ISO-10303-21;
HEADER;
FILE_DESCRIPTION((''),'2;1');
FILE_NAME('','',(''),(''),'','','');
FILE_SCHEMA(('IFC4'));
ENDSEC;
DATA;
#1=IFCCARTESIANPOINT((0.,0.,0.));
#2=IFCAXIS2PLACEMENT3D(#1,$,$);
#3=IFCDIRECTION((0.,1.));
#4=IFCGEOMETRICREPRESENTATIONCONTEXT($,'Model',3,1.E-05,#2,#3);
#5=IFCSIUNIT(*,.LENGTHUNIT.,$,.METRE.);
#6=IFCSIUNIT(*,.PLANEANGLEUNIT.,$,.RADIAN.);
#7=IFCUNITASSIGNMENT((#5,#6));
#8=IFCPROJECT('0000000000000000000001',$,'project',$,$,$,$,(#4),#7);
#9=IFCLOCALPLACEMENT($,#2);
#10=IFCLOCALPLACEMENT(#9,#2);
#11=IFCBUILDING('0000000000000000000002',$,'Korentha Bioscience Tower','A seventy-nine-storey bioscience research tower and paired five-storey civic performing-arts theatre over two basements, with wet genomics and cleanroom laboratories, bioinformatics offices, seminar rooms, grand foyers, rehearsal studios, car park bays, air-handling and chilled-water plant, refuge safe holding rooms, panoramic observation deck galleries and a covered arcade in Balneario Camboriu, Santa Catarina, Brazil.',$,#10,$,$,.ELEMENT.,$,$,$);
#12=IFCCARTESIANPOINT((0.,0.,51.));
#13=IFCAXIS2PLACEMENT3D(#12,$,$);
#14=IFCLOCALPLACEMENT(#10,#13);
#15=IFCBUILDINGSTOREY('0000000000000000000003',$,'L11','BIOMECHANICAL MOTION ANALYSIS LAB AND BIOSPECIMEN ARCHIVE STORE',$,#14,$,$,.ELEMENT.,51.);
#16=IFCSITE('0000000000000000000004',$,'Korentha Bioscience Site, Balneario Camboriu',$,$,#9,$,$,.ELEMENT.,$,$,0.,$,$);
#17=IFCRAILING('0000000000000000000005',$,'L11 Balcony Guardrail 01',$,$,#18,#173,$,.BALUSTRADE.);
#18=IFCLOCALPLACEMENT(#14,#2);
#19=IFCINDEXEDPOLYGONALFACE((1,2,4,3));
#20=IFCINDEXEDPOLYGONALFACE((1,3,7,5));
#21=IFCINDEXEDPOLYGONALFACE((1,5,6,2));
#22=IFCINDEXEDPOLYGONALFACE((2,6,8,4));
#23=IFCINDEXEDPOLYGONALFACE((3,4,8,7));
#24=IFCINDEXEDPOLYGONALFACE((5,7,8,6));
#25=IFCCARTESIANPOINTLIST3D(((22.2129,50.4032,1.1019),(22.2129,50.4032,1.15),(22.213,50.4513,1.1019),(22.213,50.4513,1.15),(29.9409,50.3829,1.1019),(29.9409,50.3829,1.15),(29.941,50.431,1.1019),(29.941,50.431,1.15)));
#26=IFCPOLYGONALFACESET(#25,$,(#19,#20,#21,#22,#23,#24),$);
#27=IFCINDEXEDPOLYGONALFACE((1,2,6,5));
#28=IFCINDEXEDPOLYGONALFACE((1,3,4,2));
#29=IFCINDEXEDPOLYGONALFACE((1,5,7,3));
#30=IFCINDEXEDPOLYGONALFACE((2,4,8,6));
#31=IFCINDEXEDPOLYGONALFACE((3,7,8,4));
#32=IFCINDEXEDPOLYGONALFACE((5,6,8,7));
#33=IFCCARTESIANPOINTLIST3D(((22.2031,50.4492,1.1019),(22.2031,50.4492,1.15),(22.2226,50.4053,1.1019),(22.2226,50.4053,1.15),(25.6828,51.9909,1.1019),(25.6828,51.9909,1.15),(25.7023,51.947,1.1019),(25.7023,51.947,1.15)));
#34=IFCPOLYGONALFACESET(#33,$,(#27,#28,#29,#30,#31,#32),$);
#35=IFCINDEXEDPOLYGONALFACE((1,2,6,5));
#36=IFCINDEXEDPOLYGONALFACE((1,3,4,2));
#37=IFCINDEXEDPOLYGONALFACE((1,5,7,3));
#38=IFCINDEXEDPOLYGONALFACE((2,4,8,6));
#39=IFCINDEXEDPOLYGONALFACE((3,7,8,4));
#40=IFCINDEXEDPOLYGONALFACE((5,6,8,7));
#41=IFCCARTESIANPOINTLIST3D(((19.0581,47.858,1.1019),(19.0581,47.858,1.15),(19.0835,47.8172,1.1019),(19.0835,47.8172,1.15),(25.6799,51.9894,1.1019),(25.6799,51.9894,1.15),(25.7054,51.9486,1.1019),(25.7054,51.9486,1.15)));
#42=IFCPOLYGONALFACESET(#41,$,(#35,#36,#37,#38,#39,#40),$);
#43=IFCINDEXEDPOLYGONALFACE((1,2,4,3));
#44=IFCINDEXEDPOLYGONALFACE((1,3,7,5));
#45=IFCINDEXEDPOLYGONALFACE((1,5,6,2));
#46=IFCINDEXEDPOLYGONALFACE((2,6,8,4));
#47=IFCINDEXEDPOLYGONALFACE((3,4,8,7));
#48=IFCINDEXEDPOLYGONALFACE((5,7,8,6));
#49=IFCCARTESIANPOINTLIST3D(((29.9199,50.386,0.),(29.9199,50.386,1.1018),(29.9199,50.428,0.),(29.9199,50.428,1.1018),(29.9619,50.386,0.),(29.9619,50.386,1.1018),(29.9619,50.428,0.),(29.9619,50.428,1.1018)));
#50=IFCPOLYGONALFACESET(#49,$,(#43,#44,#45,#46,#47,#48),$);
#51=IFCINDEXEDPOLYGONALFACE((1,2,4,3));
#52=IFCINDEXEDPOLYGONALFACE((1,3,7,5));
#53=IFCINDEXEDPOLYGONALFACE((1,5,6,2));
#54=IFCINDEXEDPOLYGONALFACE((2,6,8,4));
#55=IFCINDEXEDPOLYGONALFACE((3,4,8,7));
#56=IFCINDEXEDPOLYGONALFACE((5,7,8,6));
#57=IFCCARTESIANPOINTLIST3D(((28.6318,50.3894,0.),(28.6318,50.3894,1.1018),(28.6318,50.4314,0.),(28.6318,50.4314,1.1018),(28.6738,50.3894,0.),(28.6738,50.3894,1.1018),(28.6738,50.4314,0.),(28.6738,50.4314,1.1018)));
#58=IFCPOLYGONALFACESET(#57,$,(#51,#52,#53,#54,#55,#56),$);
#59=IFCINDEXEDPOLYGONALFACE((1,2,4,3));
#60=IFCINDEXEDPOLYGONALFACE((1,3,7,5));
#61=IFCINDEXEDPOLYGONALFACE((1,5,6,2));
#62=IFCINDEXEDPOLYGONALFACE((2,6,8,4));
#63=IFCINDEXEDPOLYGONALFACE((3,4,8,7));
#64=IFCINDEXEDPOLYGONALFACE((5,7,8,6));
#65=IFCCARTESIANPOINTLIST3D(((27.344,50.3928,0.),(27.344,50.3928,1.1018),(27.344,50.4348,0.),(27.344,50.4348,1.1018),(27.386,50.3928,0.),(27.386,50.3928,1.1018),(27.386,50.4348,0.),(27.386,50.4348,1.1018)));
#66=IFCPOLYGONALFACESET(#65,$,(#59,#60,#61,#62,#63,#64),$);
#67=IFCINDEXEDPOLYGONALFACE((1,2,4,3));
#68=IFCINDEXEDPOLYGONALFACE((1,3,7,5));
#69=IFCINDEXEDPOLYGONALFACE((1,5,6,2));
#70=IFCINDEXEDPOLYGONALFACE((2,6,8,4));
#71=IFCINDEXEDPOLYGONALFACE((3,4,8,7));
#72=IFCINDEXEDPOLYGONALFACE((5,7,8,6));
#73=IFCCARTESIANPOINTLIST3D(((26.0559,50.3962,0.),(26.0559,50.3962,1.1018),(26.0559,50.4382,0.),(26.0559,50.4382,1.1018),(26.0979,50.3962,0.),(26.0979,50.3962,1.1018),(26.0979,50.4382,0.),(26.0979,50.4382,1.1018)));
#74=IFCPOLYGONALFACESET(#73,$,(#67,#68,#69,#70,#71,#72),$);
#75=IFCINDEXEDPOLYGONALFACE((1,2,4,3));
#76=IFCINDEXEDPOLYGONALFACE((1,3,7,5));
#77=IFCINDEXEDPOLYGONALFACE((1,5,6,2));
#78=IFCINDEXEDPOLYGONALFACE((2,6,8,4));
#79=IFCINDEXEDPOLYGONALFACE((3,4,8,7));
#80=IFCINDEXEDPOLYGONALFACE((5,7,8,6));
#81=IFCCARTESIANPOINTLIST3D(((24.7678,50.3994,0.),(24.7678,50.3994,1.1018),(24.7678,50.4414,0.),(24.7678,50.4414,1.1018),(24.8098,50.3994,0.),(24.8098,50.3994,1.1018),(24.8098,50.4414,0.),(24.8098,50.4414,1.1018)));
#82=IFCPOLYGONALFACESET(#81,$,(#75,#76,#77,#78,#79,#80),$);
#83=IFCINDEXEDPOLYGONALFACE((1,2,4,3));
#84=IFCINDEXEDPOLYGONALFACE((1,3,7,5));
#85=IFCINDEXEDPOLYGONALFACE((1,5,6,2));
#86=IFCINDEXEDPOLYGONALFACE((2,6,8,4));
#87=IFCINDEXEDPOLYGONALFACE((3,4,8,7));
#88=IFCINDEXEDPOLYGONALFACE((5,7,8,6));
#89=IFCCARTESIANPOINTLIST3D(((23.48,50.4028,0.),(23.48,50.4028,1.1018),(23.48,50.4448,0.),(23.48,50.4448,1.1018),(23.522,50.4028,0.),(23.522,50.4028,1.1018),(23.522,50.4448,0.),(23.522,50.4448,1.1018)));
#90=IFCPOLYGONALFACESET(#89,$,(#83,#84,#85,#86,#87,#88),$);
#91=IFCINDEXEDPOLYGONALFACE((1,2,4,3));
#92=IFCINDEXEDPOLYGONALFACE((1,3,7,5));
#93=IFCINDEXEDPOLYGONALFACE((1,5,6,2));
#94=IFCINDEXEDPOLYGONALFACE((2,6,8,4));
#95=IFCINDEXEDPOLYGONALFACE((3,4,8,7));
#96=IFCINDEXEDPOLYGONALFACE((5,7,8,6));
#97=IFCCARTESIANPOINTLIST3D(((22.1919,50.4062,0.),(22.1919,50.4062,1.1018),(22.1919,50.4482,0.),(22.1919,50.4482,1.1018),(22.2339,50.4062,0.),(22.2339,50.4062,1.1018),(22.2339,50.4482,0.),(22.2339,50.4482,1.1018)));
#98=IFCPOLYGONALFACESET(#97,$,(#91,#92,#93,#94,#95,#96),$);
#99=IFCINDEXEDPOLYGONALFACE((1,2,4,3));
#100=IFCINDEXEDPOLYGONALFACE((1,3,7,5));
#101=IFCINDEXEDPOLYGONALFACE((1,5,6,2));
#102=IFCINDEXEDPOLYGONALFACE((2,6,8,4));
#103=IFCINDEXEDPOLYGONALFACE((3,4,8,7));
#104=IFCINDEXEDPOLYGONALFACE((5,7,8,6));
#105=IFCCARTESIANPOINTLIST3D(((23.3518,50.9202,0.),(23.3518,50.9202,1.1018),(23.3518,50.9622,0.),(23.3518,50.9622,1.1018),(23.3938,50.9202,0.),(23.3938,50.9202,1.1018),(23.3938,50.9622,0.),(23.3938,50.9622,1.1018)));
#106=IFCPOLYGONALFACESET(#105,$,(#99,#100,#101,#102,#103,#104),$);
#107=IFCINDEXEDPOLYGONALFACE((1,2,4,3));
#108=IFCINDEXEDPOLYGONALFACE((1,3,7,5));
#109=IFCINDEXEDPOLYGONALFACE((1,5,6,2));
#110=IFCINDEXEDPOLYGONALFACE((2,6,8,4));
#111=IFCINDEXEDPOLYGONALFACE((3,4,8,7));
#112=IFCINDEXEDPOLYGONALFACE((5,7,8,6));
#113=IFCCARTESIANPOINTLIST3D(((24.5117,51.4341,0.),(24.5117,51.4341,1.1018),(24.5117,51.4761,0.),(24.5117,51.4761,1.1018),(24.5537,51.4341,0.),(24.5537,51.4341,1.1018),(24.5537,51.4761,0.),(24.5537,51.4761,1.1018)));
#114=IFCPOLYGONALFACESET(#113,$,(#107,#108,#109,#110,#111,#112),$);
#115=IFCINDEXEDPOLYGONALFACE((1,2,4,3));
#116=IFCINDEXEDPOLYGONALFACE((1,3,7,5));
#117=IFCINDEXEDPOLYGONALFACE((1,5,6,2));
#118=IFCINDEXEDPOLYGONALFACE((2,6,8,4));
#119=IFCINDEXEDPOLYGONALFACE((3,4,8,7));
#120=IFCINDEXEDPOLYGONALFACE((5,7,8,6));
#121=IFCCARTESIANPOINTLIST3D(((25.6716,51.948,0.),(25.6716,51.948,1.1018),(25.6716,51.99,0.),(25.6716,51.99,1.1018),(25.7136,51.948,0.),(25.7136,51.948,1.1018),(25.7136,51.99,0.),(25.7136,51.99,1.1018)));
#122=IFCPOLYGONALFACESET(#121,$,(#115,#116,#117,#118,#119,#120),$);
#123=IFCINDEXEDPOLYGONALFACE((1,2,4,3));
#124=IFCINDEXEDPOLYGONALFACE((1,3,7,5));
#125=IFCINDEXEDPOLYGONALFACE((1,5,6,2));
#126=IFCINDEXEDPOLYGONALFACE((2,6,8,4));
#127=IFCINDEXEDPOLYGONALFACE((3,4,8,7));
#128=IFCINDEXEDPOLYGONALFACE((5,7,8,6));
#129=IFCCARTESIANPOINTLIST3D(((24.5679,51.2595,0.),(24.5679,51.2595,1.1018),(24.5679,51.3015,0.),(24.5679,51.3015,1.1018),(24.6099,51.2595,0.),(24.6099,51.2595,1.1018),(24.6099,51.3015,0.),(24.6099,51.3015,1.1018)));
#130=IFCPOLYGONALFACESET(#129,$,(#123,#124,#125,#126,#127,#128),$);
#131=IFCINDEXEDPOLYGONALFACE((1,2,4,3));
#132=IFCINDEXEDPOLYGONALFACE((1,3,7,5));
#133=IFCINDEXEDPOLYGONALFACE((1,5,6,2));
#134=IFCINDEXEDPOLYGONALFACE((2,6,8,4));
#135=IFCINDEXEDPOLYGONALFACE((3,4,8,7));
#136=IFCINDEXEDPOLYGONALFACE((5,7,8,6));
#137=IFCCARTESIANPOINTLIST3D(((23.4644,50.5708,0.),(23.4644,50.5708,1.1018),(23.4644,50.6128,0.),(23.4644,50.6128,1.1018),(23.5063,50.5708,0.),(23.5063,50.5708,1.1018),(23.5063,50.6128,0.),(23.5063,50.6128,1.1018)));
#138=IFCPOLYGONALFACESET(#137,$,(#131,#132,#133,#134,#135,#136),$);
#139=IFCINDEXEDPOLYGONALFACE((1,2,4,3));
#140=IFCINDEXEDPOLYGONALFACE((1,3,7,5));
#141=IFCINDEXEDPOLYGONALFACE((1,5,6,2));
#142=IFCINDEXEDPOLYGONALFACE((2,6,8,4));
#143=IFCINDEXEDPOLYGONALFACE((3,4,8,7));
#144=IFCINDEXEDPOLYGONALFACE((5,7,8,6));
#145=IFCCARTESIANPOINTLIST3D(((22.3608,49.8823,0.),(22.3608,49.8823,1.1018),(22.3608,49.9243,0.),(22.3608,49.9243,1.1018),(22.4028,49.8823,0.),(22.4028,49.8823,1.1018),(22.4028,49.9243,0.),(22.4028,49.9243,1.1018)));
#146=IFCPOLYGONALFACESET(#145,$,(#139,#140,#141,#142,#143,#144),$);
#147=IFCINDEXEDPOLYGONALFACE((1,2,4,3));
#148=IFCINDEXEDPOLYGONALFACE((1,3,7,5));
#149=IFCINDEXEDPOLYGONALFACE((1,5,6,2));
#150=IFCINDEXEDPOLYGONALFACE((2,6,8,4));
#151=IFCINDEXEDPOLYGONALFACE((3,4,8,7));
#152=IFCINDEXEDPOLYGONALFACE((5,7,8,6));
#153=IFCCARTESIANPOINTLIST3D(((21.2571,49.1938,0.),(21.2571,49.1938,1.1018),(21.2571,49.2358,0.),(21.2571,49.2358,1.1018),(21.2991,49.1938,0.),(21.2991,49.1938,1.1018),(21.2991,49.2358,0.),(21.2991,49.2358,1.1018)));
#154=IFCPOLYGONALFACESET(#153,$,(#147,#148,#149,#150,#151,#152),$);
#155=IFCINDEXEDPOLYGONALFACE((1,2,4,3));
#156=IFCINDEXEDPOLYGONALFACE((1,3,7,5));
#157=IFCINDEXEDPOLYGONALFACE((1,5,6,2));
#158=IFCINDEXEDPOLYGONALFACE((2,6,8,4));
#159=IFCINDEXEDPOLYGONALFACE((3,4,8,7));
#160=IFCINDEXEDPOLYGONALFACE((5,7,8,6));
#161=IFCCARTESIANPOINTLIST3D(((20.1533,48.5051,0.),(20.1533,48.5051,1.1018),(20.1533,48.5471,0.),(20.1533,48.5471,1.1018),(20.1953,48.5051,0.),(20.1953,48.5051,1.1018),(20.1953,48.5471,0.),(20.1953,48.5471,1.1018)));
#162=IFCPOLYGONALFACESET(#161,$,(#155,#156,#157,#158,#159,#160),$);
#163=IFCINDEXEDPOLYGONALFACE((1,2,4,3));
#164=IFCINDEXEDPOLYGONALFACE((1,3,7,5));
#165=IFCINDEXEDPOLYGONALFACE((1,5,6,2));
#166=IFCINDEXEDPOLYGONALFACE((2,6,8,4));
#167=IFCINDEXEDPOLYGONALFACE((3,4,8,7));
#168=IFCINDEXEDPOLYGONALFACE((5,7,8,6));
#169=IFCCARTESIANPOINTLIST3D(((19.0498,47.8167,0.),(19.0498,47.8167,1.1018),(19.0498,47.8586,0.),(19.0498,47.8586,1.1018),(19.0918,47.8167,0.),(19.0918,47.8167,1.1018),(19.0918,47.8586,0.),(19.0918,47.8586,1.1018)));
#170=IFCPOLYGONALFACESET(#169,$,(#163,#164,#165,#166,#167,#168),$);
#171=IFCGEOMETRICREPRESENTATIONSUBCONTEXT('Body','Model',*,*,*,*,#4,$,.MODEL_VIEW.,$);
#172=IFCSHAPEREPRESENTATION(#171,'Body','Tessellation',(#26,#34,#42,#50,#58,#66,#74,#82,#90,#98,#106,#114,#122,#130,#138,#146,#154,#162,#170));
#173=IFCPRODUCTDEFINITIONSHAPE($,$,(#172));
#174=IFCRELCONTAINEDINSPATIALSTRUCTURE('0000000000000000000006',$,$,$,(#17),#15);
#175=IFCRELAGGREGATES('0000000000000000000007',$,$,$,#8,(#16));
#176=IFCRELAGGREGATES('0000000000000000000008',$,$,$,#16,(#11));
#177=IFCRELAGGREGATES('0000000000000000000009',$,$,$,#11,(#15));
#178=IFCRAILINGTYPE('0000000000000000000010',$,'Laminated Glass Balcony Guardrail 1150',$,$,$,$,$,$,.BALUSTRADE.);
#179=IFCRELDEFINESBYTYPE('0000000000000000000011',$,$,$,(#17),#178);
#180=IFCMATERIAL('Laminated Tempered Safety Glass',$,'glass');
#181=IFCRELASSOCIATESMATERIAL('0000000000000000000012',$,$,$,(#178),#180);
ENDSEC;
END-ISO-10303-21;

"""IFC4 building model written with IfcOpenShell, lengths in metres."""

from ifc_helpers import new_model, si_unit, direction, frame, origin, origin_2d, place, context, subcontext, project, spatial, rectangle, extrude, material, type_object, element, save


model = new_model("IFC4")

# Units and contexts
model_context = context("Model", 3, precision=1e-05, world=origin(), true_north=direction((0.0, 1.0)))
body_context = subcontext(model_context, "Body", "Model", "MODEL_VIEW")
ifc_project = project(units=[si_unit("LENGTHUNIT", "METRE"), si_unit("PLANEANGLEUNIT", "RADIAN")], contexts=[model_context])

# Site, building, storey
site_placement = place(None, origin())
site = spatial("IfcSite", under=ifc_project, at=site_placement, Name="Korentha Bioscience Site, Balneario Camboriu", CompositionType="ELEMENT", RefElevation=0.0)
building_placement = place(site_placement, origin())
building = spatial("IfcBuilding", under=site, at=building_placement, Name="Korentha Bioscience Tower", Description="A seventy-nine-storey bioscience research tower and paired five-storey civic performing-arts theatre over two basements, with wet genomics and cleanroom laboratories, bioinformatics offices, seminar rooms, grand foyers, rehearsal studios, car park bays, air-handling and chilled-water plant, refuge safe holding rooms, panoramic observation deck galleries and a covered arcade in Balneario Camboriu, Santa Catarina, Brazil.", CompositionType="ELEMENT")
storey_placement = place(building_placement, frame((0.0, 0.0, 51.0)))
storey = spatial("IfcBuildingStorey", under=building, at=storey_placement, Name="L11", Description="BIOMECHANICAL MOTION ANALYSIS LAB AND BIOSPECIMEN ARCHIVE STORE", CompositionType="ELEMENT", Elevation=51.0)

# Railing
ifc_material_1 = material(Name="Laminated Tempered Safety Glass", Category="glass")
railing_type = type_object("IfcRailingType", Name="Laminated Glass Balcony Guardrail 1150", PredefinedType="BALUSTRADE", material=ifc_material_1)
railing_placement = place(storey_placement, frame((29.9409, 50.407, 0.0)))
element("IfcRailing", 1, at=railing_placement, inside=storey, type_object=railing_type, Name="L11 Balcony Guardrail 01", PredefinedType="BALUSTRADE", context=body_context, shape_type="SweptSolid", body=[
    extrude(rectangle(XDim=0.0481, YDim=0.0481, at=origin_2d()), frame((0.0, 0.0, 1.126), z_axis=(-0.999997, 0.002622, 0.0), x_axis=(-0.002622, -0.999997, 0.0)), (0.0, 0.0, 1.0), 7.728),
    extrude(rectangle(XDim=0.0481, YDim=0.0481, at=origin_2d()), frame((-7.728, 0.0203, 1.126), z_axis=(0.914279, 0.405085, 0.0), x_axis=(-0.405085, 0.914279, 0.0)), (0.0, 0.0, 1.0), 3.8059),
    extrude(rectangle(XDim=0.0481, YDim=0.0481, at=origin_2d()), frame((-4.2483, 1.562, 1.126), z_axis=(-0.848418, -0.529327, 0.0), x_axis=(0.529327, -0.848418, 0.0)), (0.0, 0.0, 1.0), 7.8049),
    extrude(rectangle(XDim=0.042, YDim=0.042, at=origin_2d()), origin(), (0.0, 0.0, 1.0), 1.1018),
    extrude(rectangle(XDim=0.042, YDim=0.042, at=origin_2d()), frame((-1.2881, 0.0034, 0.0)), (0.0, 0.0, 1.0), 1.1018),
    extrude(rectangle(XDim=0.042, YDim=0.042, at=origin_2d()), frame((-2.5759, 0.0068, 0.0)), (0.0, 0.0, 1.0), 1.1018),
    extrude(rectangle(XDim=0.042, YDim=0.042, at=origin_2d()), frame((-3.864, 0.0103, 0.0)), (0.0, 0.0, 1.0), 1.1018),
    extrude(rectangle(XDim=0.042, YDim=0.042, at=origin_2d()), frame((-5.1521, 0.0134, 0.0)), (0.0, 0.0, 1.0), 1.1018),
    extrude(rectangle(XDim=0.042, YDim=0.042, at=origin_2d()), frame((-6.4399, 0.0168, 0.0)), (0.0, 0.0, 1.0), 1.1018),
    extrude(rectangle(XDim=0.042, YDim=0.042, at=origin_2d()), frame((-7.728, 0.0203, 0.0)), (0.0, 0.0, 1.0), 1.1018),
    extrude(rectangle(XDim=0.042, YDim=0.042, at=origin_2d()), frame((-6.5681, 0.5342, 0.0)), (0.0, 0.0, 1.0), 1.1018),
    extrude(rectangle(XDim=0.042, YDim=0.042, at=origin_2d()), frame((-5.4082, 1.0481, 0.0)), (0.0, 0.0, 1.0), 1.1018),
    extrude(rectangle(XDim=0.042, YDim=0.042, at=origin_2d()), frame((-4.2483, 1.562, 0.0)), (0.0, 0.0, 1.0), 1.1018),
    extrude(rectangle(XDim=0.042, YDim=0.042, at=origin_2d()), frame((-5.3521, 0.8735, 0.0)), (0.0, 0.0, 1.0), 1.1018),
    extrude(rectangle(XDim=0.042, YDim=0.042, at=origin_2d()), frame((-6.4556, 0.1848, 0.0)), (0.0, 0.0, 1.0), 1.1018),
    extrude(rectangle(XDim=0.042, YDim=0.042, at=origin_2d()), frame((-7.5591, -0.5037, 0.0)), (0.0, 0.0, 1.0), 1.1018),
    extrude(rectangle(XDim=0.042, YDim=0.042, at=origin_2d()), frame((-8.6628, -1.1921, 0.0)), (0.0, 0.0, 1.0), 1.1018),
    extrude(rectangle(XDim=0.042, YDim=0.042, at=origin_2d()), frame((-9.7666, -1.8809, 0.0)), (0.0, 0.0, 1.0), 1.1018),
    extrude(rectangle(XDim=0.042, YDim=0.042, at=origin_2d()), frame((-10.8701, -2.5693, 0.0)), (0.0, 0.0, 1.0), 1.1018),
])

save(model, "model.ifc")
